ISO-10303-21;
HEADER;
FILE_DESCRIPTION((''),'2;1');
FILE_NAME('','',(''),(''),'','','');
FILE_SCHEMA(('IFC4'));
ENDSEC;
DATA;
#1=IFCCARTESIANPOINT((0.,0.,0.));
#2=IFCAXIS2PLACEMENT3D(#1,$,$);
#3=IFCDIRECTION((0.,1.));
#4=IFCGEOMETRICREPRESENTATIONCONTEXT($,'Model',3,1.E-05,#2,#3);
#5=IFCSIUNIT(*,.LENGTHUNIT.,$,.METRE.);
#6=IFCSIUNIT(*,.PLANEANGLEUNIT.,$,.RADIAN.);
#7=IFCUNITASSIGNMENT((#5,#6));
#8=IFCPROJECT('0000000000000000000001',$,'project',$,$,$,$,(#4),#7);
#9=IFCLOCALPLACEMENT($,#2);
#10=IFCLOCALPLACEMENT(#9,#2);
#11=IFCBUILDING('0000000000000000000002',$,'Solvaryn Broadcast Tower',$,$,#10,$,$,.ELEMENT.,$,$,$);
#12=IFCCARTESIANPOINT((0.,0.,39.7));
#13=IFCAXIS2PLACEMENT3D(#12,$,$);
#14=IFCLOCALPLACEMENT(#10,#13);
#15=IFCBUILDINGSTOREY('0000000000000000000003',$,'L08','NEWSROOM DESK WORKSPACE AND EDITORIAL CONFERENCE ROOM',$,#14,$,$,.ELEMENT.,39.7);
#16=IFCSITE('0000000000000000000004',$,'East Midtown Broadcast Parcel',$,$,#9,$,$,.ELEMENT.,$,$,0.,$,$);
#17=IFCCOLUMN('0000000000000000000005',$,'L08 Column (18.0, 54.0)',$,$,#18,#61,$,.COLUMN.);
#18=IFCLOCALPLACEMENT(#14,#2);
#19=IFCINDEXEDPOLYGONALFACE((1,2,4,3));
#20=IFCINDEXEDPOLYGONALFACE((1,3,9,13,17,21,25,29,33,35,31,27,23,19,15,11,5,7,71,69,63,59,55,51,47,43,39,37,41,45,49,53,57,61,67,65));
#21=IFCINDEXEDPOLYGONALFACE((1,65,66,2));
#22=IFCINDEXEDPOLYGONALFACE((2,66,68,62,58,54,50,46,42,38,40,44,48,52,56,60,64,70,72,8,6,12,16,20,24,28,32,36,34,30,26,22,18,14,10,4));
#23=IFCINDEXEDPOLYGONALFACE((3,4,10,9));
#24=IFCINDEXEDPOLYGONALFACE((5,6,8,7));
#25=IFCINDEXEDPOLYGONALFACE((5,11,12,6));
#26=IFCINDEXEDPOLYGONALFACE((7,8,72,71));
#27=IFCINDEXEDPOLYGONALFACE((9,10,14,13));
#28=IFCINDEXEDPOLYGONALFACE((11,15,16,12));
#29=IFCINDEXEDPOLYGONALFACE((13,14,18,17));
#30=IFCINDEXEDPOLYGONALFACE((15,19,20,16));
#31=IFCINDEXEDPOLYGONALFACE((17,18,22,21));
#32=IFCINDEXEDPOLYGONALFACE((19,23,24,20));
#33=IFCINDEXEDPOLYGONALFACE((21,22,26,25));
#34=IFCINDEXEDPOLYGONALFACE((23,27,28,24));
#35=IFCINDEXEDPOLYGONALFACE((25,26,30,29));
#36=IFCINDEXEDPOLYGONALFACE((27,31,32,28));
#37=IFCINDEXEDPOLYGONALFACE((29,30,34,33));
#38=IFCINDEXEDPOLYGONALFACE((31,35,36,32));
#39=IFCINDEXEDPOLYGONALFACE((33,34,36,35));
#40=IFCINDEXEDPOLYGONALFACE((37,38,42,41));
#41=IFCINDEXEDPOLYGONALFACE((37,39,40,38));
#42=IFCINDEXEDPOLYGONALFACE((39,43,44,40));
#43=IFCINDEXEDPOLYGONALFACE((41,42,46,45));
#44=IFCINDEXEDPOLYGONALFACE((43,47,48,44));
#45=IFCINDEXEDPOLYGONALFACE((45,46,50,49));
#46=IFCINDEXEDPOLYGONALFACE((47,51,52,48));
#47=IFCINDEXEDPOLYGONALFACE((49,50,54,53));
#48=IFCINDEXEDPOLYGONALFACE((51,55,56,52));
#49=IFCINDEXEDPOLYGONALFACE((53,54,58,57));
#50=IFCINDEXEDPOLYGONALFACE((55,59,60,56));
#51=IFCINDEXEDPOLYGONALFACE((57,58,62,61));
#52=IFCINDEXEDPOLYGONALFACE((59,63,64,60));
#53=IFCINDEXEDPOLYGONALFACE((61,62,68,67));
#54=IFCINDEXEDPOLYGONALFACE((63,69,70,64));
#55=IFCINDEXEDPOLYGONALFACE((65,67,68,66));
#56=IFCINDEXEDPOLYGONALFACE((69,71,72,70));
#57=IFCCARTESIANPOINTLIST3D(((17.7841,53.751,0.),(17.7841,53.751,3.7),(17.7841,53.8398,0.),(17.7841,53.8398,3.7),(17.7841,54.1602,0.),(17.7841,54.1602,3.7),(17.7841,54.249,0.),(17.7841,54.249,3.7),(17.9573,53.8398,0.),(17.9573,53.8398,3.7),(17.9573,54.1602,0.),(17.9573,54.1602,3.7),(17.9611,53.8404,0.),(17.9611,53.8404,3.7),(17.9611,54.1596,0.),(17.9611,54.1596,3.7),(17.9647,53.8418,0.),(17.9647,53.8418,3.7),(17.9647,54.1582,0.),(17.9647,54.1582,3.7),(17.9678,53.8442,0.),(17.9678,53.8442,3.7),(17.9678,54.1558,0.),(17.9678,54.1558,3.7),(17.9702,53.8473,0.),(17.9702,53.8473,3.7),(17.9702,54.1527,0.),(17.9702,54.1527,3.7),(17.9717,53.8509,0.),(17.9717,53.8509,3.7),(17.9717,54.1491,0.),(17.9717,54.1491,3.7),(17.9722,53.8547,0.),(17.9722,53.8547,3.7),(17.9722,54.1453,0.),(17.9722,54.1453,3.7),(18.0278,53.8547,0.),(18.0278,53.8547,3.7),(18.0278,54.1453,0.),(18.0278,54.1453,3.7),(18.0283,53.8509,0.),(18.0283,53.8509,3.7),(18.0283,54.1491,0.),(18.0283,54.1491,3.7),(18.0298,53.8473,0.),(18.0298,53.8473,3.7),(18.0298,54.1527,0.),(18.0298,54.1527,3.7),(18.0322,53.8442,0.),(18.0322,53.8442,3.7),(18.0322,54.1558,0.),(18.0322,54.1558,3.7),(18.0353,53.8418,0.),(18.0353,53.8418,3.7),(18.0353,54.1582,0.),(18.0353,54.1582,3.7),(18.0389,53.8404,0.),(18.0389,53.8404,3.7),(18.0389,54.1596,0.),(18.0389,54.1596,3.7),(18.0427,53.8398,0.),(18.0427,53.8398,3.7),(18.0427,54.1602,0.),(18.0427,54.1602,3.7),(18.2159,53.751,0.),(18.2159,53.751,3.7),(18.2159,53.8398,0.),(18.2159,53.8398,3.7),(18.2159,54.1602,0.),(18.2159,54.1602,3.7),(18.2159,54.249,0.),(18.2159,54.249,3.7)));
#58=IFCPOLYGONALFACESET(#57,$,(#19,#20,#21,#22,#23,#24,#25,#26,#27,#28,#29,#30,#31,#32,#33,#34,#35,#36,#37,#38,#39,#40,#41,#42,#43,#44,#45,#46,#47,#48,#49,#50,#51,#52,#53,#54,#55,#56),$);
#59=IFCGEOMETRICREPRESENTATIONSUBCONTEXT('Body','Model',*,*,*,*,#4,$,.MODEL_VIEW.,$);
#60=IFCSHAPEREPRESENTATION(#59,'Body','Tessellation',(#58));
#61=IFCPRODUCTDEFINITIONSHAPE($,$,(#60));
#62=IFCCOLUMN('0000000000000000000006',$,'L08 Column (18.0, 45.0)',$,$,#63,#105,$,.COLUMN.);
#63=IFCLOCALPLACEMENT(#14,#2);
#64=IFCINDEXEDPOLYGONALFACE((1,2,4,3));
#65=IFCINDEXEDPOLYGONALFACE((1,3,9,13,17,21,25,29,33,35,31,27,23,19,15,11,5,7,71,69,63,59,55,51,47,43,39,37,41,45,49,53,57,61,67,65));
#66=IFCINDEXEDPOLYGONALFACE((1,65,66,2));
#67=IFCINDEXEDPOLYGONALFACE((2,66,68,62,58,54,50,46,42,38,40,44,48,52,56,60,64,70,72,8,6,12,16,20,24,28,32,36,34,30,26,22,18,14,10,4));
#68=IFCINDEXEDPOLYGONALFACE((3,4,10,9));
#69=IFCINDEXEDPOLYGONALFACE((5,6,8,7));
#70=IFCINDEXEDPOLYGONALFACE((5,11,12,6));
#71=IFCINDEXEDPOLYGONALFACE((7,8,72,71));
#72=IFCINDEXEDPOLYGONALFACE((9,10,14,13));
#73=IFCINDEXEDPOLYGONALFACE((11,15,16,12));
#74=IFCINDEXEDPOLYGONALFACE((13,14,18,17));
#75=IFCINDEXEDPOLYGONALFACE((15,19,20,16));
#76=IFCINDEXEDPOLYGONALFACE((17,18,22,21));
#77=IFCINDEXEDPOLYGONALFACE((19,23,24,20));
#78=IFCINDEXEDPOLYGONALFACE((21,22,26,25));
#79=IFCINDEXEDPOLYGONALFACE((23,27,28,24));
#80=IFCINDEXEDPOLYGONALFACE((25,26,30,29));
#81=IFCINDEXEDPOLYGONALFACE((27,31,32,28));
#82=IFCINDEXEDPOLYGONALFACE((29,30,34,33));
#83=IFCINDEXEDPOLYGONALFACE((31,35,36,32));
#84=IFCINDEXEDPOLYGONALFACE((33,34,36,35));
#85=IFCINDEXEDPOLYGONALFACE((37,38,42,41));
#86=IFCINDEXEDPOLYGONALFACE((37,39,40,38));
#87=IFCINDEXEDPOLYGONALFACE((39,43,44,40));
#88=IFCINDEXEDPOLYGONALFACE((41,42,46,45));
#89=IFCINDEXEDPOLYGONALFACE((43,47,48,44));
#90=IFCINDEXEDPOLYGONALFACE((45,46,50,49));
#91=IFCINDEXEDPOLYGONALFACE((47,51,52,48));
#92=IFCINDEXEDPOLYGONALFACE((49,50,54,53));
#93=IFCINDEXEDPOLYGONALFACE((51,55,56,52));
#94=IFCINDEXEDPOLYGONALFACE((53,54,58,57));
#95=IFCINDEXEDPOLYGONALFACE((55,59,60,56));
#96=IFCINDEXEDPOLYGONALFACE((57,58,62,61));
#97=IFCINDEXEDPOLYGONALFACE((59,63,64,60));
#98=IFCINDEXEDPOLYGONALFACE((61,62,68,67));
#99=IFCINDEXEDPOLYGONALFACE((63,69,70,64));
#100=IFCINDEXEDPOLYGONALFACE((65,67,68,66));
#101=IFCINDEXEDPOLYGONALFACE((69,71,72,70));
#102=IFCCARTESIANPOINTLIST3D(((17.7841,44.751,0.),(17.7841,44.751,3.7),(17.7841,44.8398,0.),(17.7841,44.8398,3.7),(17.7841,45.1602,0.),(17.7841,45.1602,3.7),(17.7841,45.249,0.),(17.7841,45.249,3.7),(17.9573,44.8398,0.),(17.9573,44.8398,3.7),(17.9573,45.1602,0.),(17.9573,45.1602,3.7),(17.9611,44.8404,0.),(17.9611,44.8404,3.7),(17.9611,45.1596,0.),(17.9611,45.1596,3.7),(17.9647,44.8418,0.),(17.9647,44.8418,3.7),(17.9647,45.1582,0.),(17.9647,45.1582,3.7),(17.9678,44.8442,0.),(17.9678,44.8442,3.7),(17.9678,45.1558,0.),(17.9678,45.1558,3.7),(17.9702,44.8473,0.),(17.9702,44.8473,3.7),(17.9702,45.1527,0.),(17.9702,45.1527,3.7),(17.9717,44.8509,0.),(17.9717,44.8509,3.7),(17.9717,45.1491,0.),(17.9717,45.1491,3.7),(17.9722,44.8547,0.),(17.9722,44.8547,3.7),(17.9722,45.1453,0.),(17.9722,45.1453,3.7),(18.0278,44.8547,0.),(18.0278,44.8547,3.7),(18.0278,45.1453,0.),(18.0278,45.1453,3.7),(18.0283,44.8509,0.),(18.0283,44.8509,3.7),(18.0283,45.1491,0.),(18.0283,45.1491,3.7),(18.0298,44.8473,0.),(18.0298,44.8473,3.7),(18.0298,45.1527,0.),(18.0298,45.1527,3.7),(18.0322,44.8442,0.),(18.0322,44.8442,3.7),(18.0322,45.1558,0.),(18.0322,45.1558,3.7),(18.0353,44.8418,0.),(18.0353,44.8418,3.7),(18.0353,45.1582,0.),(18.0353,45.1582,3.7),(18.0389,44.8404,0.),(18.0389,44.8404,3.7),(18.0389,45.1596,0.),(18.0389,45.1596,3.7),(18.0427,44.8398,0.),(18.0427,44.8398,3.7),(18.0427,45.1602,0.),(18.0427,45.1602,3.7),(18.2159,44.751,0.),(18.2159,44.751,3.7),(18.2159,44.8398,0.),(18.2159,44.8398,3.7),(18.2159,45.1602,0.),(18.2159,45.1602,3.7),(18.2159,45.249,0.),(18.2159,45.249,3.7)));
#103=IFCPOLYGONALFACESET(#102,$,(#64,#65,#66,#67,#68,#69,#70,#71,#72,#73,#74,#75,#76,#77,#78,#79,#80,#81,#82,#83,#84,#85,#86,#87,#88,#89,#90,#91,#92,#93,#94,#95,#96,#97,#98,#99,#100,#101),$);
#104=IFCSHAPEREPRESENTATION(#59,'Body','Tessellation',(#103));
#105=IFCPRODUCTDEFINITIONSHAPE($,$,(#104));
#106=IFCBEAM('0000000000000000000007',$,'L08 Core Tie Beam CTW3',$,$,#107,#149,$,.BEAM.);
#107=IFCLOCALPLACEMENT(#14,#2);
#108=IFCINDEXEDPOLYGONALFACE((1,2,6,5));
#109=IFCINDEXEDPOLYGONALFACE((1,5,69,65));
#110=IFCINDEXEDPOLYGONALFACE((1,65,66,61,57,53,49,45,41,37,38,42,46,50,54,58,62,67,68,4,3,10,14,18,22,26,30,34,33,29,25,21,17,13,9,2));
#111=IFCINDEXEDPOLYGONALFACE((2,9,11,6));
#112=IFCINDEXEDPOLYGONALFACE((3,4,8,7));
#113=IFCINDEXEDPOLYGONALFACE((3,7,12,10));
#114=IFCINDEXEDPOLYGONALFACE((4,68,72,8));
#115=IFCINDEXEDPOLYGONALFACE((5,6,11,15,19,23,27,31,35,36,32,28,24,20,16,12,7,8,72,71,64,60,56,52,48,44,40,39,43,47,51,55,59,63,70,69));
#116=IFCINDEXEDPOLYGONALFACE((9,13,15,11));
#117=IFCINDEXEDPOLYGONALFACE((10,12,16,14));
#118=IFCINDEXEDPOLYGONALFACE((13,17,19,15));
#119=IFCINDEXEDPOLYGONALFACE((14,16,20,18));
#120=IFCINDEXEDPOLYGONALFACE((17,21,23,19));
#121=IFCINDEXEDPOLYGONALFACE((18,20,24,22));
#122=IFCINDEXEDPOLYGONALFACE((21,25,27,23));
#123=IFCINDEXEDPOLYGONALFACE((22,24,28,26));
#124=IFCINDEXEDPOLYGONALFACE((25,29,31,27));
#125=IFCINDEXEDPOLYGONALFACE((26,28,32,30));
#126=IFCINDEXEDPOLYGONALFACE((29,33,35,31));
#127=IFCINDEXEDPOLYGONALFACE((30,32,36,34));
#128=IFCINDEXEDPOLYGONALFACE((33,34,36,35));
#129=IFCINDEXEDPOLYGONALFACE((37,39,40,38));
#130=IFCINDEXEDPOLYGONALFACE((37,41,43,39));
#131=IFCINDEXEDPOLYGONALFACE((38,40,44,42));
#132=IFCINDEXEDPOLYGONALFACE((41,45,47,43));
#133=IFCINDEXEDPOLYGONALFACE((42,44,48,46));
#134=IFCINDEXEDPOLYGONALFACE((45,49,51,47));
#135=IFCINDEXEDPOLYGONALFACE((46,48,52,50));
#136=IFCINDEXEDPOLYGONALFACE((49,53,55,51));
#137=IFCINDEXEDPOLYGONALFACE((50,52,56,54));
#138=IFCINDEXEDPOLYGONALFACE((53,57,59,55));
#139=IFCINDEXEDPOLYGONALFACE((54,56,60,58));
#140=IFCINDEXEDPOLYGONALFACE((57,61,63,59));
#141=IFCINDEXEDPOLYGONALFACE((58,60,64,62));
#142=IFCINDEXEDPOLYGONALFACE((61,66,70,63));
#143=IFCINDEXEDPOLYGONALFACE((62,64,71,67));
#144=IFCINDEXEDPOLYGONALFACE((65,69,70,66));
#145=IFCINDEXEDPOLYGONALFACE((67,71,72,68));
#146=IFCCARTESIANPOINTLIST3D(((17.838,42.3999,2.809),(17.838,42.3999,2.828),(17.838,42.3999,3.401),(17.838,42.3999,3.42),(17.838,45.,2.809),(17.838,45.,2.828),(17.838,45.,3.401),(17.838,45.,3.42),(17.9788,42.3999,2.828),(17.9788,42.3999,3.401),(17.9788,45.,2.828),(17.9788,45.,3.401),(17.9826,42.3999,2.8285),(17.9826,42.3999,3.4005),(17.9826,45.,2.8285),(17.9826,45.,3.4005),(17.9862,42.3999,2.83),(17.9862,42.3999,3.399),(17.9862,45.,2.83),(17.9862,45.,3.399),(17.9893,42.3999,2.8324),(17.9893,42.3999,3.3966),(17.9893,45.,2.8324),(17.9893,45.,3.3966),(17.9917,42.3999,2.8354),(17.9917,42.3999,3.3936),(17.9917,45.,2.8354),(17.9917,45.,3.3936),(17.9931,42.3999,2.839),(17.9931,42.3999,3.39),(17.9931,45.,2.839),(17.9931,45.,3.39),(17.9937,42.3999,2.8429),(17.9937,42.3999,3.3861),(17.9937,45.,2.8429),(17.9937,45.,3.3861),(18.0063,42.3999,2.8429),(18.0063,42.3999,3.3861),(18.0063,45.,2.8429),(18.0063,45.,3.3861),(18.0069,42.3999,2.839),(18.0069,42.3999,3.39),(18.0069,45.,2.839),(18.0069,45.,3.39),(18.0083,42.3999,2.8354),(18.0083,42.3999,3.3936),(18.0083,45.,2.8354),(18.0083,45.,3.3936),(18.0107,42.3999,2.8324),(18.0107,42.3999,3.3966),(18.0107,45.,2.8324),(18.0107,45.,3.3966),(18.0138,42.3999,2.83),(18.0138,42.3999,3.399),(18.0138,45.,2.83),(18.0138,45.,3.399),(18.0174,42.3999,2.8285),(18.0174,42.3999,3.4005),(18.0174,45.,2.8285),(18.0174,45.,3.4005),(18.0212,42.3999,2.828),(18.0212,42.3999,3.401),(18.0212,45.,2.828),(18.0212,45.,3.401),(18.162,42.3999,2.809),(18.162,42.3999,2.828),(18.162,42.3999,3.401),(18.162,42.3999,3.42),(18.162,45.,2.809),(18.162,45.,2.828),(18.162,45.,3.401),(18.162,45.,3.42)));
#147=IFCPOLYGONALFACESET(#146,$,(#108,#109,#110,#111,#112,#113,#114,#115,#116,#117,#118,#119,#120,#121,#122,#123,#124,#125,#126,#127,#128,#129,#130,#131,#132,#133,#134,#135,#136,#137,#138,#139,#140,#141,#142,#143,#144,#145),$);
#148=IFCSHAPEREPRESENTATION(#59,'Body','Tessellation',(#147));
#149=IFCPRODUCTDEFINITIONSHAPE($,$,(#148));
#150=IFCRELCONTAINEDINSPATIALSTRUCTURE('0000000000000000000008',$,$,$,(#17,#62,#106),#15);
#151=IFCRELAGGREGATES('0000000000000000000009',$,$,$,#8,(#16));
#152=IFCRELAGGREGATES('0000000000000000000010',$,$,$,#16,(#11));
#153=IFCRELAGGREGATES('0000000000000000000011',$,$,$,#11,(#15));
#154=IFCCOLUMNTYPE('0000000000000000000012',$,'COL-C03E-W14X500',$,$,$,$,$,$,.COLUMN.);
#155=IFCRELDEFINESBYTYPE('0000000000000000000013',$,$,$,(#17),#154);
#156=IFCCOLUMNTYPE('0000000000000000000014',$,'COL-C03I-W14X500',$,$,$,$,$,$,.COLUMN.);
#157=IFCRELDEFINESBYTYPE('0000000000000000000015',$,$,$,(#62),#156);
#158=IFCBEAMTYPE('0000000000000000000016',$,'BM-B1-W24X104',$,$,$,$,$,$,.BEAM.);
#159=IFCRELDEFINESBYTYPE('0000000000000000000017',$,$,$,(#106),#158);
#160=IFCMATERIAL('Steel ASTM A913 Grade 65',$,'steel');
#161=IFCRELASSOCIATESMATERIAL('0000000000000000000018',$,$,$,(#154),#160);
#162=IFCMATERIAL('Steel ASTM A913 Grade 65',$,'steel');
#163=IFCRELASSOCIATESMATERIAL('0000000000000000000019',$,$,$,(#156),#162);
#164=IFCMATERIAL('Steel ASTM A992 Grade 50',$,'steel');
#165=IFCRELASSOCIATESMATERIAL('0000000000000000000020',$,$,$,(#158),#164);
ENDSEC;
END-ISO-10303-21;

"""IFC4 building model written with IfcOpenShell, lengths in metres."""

from ifc_helpers import new_model, si_unit, direction, frame, origin, origin_2d, place, context, subcontext, project, spatial, i_section, extrude, material, material_profile, profile_set, type_object, element, save


model = new_model("IFC4")

# Units and contexts
model_context = context("Model", 3, precision=1e-05, world=origin(), true_north=direction((0.0, 1.0)))
body_context = subcontext(model_context, "Body", "Model", "MODEL_VIEW")
ifc_project = project(units=[si_unit("LENGTHUNIT", "METRE"), si_unit("PLANEANGLEUNIT", "RADIAN")], contexts=[model_context])

# Site, building, storey
site_placement = place(None, origin())
site = spatial("IfcSite", under=ifc_project, at=site_placement, Name="East Midtown Broadcast Parcel", CompositionType="ELEMENT", RefElevation=0.0)
building_placement = place(site_placement, origin())
building = spatial("IfcBuilding", under=site, at=building_placement, Name="Solvaryn Broadcast Tower", CompositionType="ELEMENT")
storey_placement = place(building_placement, frame((0.0, 0.0, 39.7)))
storey = spatial("IfcBuildingStorey", under=building, at=storey_placement, Name="L08", Description="NEWSROOM DESK WORKSPACE AND EDITORIAL CONFERENCE ROOM", CompositionType="ELEMENT", Elevation=39.7)

# Columns
ifc_material_1 = material(Name="Steel ASTM A913 Grade 65", Category="steel")
ifc_material_profile_1 = material_profile(ifc_material_1, i_section(OverallWidth=0.4319, OverallDepth=0.498, WebThickness=0.0557, FlangeThickness=0.0889, FilletRadius=0.0149, at=origin_2d()))
ifc_profile_set_1 = profile_set([ifc_material_profile_1], Name="Steel ASTM A913 Grade 65")
column_type_1 = type_object("IfcColumnType", Name="COL-C03E-W14X500", PredefinedType="COLUMN", material=ifc_profile_set_1)
column_1_placement = place(storey_placement, frame((18.0, 54.0, 0.0), z_axis=(0.0, 0.0, 1.0), x_axis=(1.0, 0.0, 0.0)))
element("IfcColumn", 1, at=column_1_placement, inside=storey, type_object=column_type_1, Name="L08 Column (18.0, 54.0)", PredefinedType="COLUMN", context=body_context, shape_type="SweptSolid", body=[
    extrude(i_section(OverallWidth=0.4319, OverallDepth=0.498, WebThickness=0.0557, FlangeThickness=0.0889, FilletRadius=0.0149, at=origin_2d()), origin(), (0.0, 0.0, 1.0), 3.7),
])
ifc_material_2 = material(Name="Steel ASTM A913 Grade 65", Category="steel")
ifc_material_profile_2 = material_profile(ifc_material_2, i_section(OverallWidth=0.4319, OverallDepth=0.498, WebThickness=0.0557, FlangeThickness=0.0889, FilletRadius=0.0149, at=origin_2d()))
ifc_profile_set_2 = profile_set([ifc_material_profile_2], Name="Steel ASTM A913 Grade 65")
column_type_2 = type_object("IfcColumnType", Name="COL-C03I-W14X500", PredefinedType="COLUMN", material=ifc_profile_set_2)
column_2_placement = place(storey_placement, frame((18.0, 45.0, 0.0), z_axis=(0.0, 0.0, 1.0), x_axis=(1.0, 0.0, 0.0)))
element("IfcColumn", 2, at=column_2_placement, inside=storey, type_object=column_type_2, Name="L08 Column (18.0, 45.0)", PredefinedType="COLUMN", context=body_context, shape_type="SweptSolid", body=[
    extrude(i_section(OverallWidth=0.4319, OverallDepth=0.498, WebThickness=0.0557, FlangeThickness=0.0889, FilletRadius=0.0149, at=origin_2d()), origin(), (0.0, 0.0, 1.0), 3.7),
])

# Beam
ifc_material_3 = material(Name="Steel ASTM A992 Grade 50", Category="steel")
ifc_material_profile_3 = material_profile(ifc_material_3, i_section(OverallWidth=0.324, OverallDepth=0.6111, WebThickness=0.0127, FlangeThickness=0.019, FilletRadius=0.0149, at=origin_2d()))
ifc_profile_set_3 = profile_set([ifc_material_profile_3], Name="Steel ASTM A992 Grade 50")
beam_type_1 = type_object("IfcBeamType", Name="BM-B1-W24X104", PredefinedType="BEAM", material=ifc_profile_set_3)
beam_1_placement = place(storey_placement, frame((18.0, 42.3999, 3.1145), z_axis=(0.0, 1.0, 0.0), x_axis=(-1.0, 0.0, 0.0)))
element("IfcBeam", 3, at=beam_1_placement, inside=storey, type_object=beam_type_1, Name="L08 Core Tie Beam CTW3", PredefinedType="BEAM", context=body_context, shape_type="SweptSolid", body=[
    extrude(i_section(OverallWidth=0.324, OverallDepth=0.6111, WebThickness=0.0127, FlangeThickness=0.019, FilletRadius=0.0149, at=origin_2d()), origin(), (0.0, 0.0, 1.0), 2.6001),
])

save(model, "model.ifc")
